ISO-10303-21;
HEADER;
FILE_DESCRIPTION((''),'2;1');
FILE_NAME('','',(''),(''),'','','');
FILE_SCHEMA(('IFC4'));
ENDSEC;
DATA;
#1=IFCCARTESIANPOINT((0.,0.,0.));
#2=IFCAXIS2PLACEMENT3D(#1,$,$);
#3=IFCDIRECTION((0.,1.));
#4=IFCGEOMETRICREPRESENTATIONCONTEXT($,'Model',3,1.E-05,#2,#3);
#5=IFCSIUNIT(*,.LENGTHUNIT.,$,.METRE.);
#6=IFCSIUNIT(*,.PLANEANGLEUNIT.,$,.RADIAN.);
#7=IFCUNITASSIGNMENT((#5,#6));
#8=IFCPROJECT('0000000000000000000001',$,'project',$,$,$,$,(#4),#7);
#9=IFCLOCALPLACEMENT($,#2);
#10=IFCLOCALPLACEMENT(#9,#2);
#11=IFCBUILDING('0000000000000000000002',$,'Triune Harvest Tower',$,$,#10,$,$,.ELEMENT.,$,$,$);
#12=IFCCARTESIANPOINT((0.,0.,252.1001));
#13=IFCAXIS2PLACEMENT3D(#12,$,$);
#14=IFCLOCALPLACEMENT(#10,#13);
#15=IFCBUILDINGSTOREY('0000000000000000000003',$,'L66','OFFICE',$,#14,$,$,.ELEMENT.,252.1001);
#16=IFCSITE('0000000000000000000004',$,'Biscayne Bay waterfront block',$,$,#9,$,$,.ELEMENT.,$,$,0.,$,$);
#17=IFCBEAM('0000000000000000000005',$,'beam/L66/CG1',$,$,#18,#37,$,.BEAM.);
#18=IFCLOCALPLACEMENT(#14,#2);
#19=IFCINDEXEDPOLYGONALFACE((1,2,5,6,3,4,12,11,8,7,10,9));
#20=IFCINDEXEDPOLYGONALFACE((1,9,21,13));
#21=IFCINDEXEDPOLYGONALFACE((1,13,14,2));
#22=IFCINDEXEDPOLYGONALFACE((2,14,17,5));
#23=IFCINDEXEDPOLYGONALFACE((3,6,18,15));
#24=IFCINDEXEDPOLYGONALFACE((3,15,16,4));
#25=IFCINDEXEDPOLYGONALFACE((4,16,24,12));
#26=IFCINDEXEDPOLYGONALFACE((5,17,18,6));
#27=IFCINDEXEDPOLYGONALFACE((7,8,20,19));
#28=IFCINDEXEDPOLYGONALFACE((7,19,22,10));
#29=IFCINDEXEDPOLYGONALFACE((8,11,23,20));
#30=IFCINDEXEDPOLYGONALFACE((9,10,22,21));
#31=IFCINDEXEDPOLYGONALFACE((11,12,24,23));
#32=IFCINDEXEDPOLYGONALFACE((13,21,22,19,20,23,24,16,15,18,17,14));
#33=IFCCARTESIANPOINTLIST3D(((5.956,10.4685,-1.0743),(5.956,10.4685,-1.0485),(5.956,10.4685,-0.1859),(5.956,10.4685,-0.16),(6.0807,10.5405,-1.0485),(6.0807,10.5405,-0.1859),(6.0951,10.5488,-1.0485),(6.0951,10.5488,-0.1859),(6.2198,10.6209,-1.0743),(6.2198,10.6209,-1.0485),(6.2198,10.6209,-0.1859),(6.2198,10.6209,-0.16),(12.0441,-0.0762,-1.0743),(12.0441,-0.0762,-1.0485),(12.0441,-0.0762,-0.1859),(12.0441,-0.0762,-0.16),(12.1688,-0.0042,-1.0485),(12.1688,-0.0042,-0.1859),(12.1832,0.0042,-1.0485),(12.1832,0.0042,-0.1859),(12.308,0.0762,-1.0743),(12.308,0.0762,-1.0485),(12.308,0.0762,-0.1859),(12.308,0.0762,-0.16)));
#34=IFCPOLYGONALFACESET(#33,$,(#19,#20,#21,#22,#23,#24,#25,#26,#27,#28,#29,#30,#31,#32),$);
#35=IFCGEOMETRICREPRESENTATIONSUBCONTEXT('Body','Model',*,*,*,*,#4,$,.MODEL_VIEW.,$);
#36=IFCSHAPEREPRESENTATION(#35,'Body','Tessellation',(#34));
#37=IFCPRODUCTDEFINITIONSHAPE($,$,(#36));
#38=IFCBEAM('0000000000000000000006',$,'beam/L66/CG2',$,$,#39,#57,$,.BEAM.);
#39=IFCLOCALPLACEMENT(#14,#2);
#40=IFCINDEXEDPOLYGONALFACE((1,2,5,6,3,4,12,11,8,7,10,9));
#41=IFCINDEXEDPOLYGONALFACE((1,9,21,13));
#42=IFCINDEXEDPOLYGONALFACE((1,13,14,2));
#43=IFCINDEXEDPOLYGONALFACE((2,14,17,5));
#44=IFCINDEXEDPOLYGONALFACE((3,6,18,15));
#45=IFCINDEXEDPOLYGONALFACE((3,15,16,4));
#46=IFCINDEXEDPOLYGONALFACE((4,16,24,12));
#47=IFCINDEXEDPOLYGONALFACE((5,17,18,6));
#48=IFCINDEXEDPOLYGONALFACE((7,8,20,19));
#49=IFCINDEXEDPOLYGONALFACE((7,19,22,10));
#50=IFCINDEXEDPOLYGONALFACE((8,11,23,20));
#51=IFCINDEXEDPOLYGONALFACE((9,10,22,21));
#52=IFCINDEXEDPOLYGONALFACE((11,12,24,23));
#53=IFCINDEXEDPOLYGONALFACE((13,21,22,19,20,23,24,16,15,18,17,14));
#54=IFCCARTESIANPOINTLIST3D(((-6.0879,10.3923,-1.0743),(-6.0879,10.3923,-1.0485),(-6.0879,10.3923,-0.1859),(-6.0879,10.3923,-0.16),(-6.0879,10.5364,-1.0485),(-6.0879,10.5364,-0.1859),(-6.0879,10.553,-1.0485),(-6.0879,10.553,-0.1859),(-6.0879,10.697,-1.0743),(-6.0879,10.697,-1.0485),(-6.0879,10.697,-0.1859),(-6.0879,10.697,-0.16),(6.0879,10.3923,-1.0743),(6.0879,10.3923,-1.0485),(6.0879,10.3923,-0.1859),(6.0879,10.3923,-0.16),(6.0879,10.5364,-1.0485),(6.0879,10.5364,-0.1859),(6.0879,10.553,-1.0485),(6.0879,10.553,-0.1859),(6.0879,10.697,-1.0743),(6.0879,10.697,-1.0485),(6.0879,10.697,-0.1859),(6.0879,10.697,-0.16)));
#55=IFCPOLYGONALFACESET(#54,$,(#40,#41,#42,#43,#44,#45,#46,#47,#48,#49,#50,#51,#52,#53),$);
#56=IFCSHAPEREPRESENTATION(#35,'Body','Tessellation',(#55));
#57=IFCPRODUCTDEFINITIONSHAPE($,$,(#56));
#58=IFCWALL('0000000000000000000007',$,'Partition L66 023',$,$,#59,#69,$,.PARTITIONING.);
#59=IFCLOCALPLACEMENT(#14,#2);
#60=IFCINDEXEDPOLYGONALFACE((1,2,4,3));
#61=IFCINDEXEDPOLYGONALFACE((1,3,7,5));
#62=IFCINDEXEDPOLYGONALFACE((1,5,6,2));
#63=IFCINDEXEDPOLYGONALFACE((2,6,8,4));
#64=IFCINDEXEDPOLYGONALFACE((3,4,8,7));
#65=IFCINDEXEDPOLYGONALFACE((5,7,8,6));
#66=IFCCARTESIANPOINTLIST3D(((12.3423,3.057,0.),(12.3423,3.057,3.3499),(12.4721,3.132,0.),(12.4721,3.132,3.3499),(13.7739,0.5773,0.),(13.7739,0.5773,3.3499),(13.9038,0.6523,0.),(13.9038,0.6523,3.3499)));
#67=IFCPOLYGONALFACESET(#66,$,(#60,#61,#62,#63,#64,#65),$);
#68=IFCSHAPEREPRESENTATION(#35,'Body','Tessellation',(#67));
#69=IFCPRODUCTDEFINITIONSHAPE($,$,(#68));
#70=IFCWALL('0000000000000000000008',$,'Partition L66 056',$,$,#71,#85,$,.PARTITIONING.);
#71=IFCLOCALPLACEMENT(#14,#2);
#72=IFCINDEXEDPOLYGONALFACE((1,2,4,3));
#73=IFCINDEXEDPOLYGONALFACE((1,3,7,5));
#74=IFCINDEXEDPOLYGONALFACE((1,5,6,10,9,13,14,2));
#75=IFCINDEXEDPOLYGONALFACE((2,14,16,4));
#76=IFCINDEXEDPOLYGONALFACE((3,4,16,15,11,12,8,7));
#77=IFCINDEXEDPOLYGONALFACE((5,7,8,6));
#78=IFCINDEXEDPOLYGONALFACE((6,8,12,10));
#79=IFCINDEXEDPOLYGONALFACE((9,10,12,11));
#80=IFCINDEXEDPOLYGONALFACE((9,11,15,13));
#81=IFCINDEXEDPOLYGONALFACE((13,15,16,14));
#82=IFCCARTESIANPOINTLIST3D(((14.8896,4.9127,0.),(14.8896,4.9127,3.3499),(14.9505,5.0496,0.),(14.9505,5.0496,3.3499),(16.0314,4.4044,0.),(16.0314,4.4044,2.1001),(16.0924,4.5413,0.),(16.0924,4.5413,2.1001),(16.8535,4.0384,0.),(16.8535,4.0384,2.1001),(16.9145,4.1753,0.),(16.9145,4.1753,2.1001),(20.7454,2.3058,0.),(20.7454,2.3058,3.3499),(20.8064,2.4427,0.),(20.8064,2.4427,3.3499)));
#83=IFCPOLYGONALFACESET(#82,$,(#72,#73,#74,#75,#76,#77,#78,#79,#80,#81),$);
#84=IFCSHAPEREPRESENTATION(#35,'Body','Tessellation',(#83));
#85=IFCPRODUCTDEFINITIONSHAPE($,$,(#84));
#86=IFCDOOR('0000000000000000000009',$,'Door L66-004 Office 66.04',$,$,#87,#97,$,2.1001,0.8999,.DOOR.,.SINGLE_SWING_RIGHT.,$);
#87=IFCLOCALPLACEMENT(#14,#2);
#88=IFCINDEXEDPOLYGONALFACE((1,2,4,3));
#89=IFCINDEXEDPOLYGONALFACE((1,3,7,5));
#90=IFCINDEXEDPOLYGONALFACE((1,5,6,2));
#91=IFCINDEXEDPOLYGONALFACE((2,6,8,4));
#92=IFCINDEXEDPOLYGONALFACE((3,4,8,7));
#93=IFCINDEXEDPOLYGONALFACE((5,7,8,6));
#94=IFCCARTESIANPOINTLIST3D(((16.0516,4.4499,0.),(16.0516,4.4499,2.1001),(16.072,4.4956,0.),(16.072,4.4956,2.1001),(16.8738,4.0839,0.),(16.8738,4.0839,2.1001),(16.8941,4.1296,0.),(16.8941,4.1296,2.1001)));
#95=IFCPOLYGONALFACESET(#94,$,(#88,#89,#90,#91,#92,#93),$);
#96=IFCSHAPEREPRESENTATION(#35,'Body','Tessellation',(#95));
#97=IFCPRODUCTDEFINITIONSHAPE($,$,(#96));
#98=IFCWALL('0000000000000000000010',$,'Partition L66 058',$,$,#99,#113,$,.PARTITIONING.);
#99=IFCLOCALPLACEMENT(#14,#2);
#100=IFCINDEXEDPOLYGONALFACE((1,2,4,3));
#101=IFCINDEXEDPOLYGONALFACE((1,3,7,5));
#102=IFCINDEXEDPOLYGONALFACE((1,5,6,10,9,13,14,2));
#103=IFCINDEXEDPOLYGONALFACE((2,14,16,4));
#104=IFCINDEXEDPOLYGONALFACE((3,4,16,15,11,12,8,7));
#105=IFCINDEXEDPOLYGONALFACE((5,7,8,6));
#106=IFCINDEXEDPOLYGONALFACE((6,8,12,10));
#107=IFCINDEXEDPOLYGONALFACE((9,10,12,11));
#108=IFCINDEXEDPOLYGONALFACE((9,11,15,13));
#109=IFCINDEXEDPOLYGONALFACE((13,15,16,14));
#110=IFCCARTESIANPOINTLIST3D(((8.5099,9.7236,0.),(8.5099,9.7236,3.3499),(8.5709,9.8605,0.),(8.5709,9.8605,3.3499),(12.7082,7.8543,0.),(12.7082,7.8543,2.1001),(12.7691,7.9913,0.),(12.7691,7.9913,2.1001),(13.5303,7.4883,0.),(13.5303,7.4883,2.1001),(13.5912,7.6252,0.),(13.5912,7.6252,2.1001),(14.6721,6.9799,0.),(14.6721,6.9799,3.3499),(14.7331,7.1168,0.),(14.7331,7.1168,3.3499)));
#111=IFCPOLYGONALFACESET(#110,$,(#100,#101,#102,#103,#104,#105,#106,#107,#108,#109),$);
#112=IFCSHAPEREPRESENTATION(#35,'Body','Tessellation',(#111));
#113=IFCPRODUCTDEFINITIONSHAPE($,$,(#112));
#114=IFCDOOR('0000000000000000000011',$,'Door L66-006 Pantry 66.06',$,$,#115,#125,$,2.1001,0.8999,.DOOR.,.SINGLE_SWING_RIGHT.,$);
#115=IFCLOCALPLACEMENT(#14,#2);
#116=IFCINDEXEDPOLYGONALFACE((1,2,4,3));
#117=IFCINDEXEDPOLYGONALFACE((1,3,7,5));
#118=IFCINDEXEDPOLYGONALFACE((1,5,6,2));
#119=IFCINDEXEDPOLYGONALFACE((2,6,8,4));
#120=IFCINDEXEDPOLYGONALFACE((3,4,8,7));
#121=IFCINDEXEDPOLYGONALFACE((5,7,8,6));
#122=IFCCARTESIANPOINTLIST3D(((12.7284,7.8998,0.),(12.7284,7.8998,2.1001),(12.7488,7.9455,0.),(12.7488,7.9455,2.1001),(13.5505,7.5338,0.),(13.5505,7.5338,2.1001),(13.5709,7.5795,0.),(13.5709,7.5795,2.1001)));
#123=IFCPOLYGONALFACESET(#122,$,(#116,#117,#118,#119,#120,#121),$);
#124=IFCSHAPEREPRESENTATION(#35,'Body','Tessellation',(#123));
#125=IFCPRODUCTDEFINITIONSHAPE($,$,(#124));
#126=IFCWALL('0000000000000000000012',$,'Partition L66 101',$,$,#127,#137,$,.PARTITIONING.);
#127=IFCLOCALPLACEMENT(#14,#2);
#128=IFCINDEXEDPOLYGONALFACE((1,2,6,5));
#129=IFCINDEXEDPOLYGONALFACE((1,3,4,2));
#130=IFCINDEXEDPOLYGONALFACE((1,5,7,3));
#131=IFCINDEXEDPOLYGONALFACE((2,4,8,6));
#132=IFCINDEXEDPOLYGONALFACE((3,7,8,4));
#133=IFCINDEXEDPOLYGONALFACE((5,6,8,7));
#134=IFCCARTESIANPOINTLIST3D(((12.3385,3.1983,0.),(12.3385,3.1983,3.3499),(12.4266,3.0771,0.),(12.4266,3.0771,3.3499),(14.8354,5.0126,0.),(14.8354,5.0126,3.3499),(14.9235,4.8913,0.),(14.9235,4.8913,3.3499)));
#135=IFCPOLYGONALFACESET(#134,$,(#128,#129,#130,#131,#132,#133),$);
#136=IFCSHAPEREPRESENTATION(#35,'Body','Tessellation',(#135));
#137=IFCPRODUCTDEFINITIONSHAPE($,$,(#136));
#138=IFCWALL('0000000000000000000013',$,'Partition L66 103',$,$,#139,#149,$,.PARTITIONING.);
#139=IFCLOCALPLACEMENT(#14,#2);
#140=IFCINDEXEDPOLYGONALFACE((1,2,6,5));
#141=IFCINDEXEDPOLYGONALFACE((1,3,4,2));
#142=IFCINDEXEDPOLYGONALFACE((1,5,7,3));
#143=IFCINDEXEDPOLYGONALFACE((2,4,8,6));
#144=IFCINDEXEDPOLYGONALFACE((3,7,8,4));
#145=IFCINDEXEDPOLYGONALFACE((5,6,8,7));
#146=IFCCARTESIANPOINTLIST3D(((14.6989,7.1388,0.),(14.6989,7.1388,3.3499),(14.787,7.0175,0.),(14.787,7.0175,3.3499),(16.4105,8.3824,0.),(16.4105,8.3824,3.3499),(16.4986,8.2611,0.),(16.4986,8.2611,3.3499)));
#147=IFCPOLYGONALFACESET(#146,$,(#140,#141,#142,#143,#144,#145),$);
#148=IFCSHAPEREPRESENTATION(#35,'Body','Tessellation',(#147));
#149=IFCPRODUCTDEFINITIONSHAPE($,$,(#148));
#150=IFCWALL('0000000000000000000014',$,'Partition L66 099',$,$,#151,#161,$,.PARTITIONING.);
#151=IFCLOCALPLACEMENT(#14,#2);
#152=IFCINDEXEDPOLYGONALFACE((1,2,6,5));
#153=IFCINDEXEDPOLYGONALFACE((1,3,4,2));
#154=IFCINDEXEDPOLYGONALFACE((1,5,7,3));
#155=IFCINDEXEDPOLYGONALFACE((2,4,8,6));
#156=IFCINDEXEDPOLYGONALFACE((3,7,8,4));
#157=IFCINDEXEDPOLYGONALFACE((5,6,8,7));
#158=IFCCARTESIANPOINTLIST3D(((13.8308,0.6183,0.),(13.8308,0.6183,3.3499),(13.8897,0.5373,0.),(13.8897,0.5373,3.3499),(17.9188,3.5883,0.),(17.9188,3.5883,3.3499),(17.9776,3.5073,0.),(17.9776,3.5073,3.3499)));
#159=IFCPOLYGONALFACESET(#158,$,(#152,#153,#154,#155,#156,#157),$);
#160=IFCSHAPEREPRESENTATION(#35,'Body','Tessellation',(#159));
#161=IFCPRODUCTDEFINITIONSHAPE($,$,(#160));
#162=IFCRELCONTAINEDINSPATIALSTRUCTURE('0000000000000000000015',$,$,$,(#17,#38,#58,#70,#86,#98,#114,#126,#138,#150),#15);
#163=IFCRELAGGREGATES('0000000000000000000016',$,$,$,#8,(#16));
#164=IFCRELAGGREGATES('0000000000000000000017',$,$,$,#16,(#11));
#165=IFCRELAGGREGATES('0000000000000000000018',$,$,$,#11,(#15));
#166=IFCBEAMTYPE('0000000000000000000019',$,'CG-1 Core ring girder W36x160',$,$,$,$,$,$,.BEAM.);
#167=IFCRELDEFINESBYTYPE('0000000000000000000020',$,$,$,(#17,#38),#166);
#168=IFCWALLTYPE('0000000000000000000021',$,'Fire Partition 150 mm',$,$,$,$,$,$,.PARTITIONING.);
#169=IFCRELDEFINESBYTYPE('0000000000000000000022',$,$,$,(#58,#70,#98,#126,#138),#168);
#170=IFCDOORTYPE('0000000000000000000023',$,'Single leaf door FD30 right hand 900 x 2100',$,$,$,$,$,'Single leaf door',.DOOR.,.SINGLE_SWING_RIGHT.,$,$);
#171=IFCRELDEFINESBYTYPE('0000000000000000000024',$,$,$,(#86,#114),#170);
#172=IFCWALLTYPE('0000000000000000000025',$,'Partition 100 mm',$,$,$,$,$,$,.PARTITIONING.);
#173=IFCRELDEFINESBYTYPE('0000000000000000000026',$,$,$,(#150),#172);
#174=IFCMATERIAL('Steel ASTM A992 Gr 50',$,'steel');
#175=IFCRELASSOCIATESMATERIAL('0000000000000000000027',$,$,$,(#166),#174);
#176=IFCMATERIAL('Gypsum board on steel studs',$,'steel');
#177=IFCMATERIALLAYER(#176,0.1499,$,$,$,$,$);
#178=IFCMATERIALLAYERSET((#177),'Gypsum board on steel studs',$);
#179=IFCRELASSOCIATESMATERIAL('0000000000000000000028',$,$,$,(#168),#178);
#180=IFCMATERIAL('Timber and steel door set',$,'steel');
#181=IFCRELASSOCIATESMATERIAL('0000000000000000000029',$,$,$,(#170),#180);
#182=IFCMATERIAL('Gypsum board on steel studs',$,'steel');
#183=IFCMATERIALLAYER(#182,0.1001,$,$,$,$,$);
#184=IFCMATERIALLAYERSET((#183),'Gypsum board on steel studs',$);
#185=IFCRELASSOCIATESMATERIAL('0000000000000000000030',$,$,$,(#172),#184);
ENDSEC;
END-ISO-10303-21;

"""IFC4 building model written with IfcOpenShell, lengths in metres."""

from ifc_helpers import new_model, si_unit, direction, frame, frame_2d, origin, origin_2d, place, context, subcontext, project, spatial, rectangle, i_section, extrude, source, transform, mapped, material, layer, layer_set, material_profile, profile_set, type_object, element, fill, save


model = new_model("IFC4")

# Units and contexts
model_context = context("Model", 3, precision=1e-05, world=origin(), true_north=direction((0.0, 1.0)))
body_context = subcontext(model_context, "Body", "Model", "MODEL_VIEW")
ifc_project = project(units=[si_unit("LENGTHUNIT", "METRE"), si_unit("PLANEANGLEUNIT", "RADIAN")], contexts=[model_context])

# Site, building, storey
site_placement = place(None, origin())
site = spatial("IfcSite", under=ifc_project, at=site_placement, Name="Biscayne Bay waterfront block", CompositionType="ELEMENT", RefElevation=0.0)
building_placement = place(site_placement, origin())
building = spatial("IfcBuilding", under=site, at=building_placement, Name="Triune Harvest Tower", CompositionType="ELEMENT")
storey_placement = place(building_placement, frame((0.0, 0.0, 252.1001)))
storey = spatial("IfcBuildingStorey", under=building, at=storey_placement, Name="L66", Description="OFFICE", CompositionType="ELEMENT", Elevation=252.1001)

# Beams
ifc_material_1 = material(Name="Steel ASTM A992 Gr 50", Category="steel")
ifc_material_profile = material_profile(ifc_material_1, i_section(OverallWidth=0.3047, OverallDepth=0.9143, WebThickness=0.0166, FlangeThickness=0.0259, at=origin_2d()), Name="W36x160")
ifc_profile_set = profile_set([ifc_material_profile], Name="Steel ASTM A992 Gr 50")
beam_type = type_object("IfcBeamType", Name="CG-1 Core ring girder W36x160", PredefinedType="BEAM", material=ifc_profile_set)
shared_shape_1 = source(origin(), body_context, "Body", "SweptSolid", [
    extrude(i_section(OverallWidth=0.3047, OverallDepth=0.9143, WebThickness=0.0166, FlangeThickness=0.0259, at=origin_2d()), origin(), (0.0, 0.0, 1.0), 12.176),
])
beam_1_placement = place(storey_placement, frame((12.176, 0.0, -0.6172), z_axis=(-0.50001, 0.86602, 0.0), x_axis=(-0.86602, -0.50001, 0.0)))
element("IfcBeam", 1, at=beam_1_placement, inside=storey, type_object=beam_type, Name="beam/L66/CG1", PredefinedType="BEAM", context=body_context, shape_type="MappedRepresentation", body=[
    mapped(shared_shape_1, transform((0.0, 0.0, 0.0), scale=1.0)),
])
shared_shape_2 = source(origin(), body_context, "Body", "SweptSolid", [
    extrude(i_section(OverallWidth=0.3047, OverallDepth=0.9143, WebThickness=0.0166, FlangeThickness=0.0259, at=origin_2d()), origin(), (0.0, 0.0, 1.0), 12.1758),
])
beam_2_placement = place(storey_placement, frame((6.0879, 10.5447, -0.6172), z_axis=(-1.0, 0.0, 0.0), x_axis=(0.0, -1.0, 0.0)))
element("IfcBeam", 2, at=beam_2_placement, inside=storey, type_object=beam_type, Name="beam/L66/CG2", PredefinedType="BEAM", context=body_context, shape_type="MappedRepresentation", body=[
    mapped(shared_shape_2, transform((0.0, 0.0, 0.0), scale=1.0)),
])

# Wall
ifc_material_2 = material(Name="Gypsum board on steel studs", Category="steel")
ifc_layer_1 = layer(ifc_material_2, 0.1499)
ifc_layer_set_1 = layer_set([ifc_layer_1], Name="Gypsum board on steel studs")
wall_type_1 = type_object("IfcWallType", Name="Fire Partition 150 mm", PredefinedType="PARTITIONING", material=ifc_layer_set_1)
wall_1_placement = place(storey_placement, frame((12.4072, 3.0945, 0.0), z_axis=(0.0, 0.0, 1.0), x_axis=(0.499991, -0.866031, 0.0)))
element("IfcWall", 3, at=wall_1_placement, inside=storey, type_object=wall_type_1, Name="Partition L66 023", PredefinedType="PARTITIONING", context=body_context, shape_type="SweptSolid", body=[
    extrude(rectangle(XDim=2.8633, YDim=0.1499, at=frame_2d((1.4316, 0.0))), origin(), (0.0, 0.0, 1.0), 3.3499),
])

# Walls, openings, doors
wall_2_placement = place(storey_placement, frame((14.9199, 4.9812, 0.0), z_axis=(0.0, 0.0, 1.0), x_axis=(0.913563, -0.406697, 0.0)))
wall_2 = element("IfcWall", 4, at=wall_2_placement, inside=storey, type_object=wall_type_1, Name="Partition L66 056", PredefinedType="PARTITIONING", context=body_context, shape_type="SweptSolid", body=[
    extrude(rectangle(XDim=6.4099, YDim=0.1499, at=frame_2d((3.2051, 0.0))), origin(), (0.0, 0.0, 1.0), 3.3499),
])
opening_1_placement = place(wall_2_placement, frame((1.25, 0.0, 0.0)))
opening_1 = element("IfcOpeningElement", 5, at=opening_1_placement, cuts=wall_2, PredefinedType="OPENING", context=body_context, shape_type="SweptSolid", body=[
    extrude(rectangle(XDim=0.8999, YDim=2.1001, at=frame_2d((0.45, 1.05))), frame((0.0, 0.085, 0.0), z_axis=(0.0, -1.0, 0.0), x_axis=(1.0, 0.0, 0.0)), (0.0, 0.0, 1.0), 0.1699),
])
ifc_material_3 = material(Name="Timber and steel door set", Category="steel")
door_type_1 = type_object("IfcDoorType", Name="Single leaf door FD30 right hand 900 x 2100", ElementType="Single leaf door", OperationType="SINGLE_SWING_RIGHT", PredefinedType="DOOR", material=ifc_material_3)
door_1_placement = place(opening_1_placement, origin())
door_1 = element("IfcDoor", 6, at=door_1_placement, inside=storey, type_object=door_type_1, Name="Door L66-004 Office 66.04", OperationType="SINGLE_SWING_RIGHT", OverallHeight=2.1001, OverallWidth=0.8999, PredefinedType="DOOR", context=body_context, shape_type="SweptSolid", body=[
    extrude(rectangle(XDim=0.8999, YDim=2.1001, at=frame_2d((0.45, 1.05))), frame((0.0, 0.0249, 0.0), z_axis=(0.0, -1.0, 0.0), x_axis=(1.0, 0.0, 0.0)), (0.0, 0.0, 1.0), 0.05),
])
fill(opening_1, door_1)
wall_3_placement = place(storey_placement, frame((8.5405, 9.792, 0.0), z_axis=(0.0, 0.0, 1.0), x_axis=(0.91354, -0.40675, 0.0)))
wall_3 = element("IfcWall", 7, at=wall_3_placement, inside=storey, type_object=wall_type_1, Name="Partition L66 058", PredefinedType="PARTITIONING", context=body_context, shape_type="SweptSolid", body=[
    extrude(rectangle(XDim=6.7454, YDim=0.1499, at=frame_2d((3.3726, 0.0))), origin(), (0.0, 0.0, 1.0), 3.3499),
])
opening_2_placement = place(wall_3_placement, frame((4.5955, 0.0, 0.0)))
opening_2 = element("IfcOpeningElement", 8, at=opening_2_placement, cuts=wall_3, PredefinedType="OPENING", context=body_context, shape_type="SweptSolid", body=[
    extrude(rectangle(XDim=0.8999, YDim=2.1001, at=frame_2d((0.45, 1.05))), frame((0.0, 0.085, 0.0), z_axis=(0.0, -1.0, 0.0), x_axis=(1.0, 0.0, 0.0)), (0.0, 0.0, 1.0), 0.1699),
])
door_2_placement = place(opening_2_placement, origin())
door_2 = element("IfcDoor", 9, at=door_2_placement, inside=storey, type_object=door_type_1, Name="Door L66-006 Pantry 66.06", OperationType="SINGLE_SWING_RIGHT", OverallHeight=2.1001, OverallWidth=0.8999, PredefinedType="DOOR", context=body_context, shape_type="SweptSolid", body=[
    extrude(rectangle(XDim=0.8999, YDim=2.1001, at=frame_2d((0.45, 1.05))), frame((0.0, 0.0249, 0.0), z_axis=(0.0, -1.0, 0.0), x_axis=(1.0, 0.0, 0.0)), (0.0, 0.0, 1.0), 0.05),
])
fill(opening_2, door_2)

# Walls
wall_4_placement = place(storey_placement, frame((12.3826, 3.1377, 0.0), z_axis=(0.0, 0.0, 1.0), x_axis=(0.808993, 0.587819, 0.0)))
element("IfcWall", 10, at=wall_4_placement, inside=storey, type_object=wall_type_1, Name="Partition L66 101", PredefinedType="PARTITIONING", context=body_context, shape_type="SweptSolid", body=[
    extrude(rectangle(XDim=3.0864, YDim=0.1499, at=frame_2d((1.5432, 0.0))), origin(), (0.0, 0.0, 1.0), 3.3499),
])
wall_5_placement = place(storey_placement, frame((14.7429, 7.0781, 0.0), z_axis=(0.0, 0.0, 1.0), x_axis=(0.809005, 0.587801, 0.0)))
element("IfcWall", 11, at=wall_5_placement, inside=storey, type_object=wall_type_1, Name="Partition L66 103", PredefinedType="PARTITIONING", context=body_context, shape_type="SweptSolid", body=[
    extrude(rectangle(XDim=2.1157, YDim=0.1499, at=frame_2d((1.0579, 0.0))), origin(), (0.0, 0.0, 1.0), 3.3499),
])
ifc_material_4 = material(Name="Gypsum board on steel studs", Category="steel")
ifc_layer_2 = layer(ifc_material_4, 0.1001)
ifc_layer_set_2 = layer_set([ifc_layer_2], Name="Gypsum board on steel studs")
wall_type_2 = type_object("IfcWallType", Name="Partition 100 mm", PredefinedType="PARTITIONING", material=ifc_layer_set_2)
wall_6_placement = place(storey_placement, frame((13.8604, 0.5779, 0.0), z_axis=(0.0, 0.0, 1.0), x_axis=(0.809022, 0.587778, 0.0)))
element("IfcWall", 12, at=wall_6_placement, inside=storey, type_object=wall_type_2, Name="Partition L66 099", PredefinedType="PARTITIONING", context=body_context, shape_type="SweptSolid", body=[
    extrude(rectangle(XDim=5.053, YDim=0.1001, at=frame_2d((2.5264, 0.0))), origin(), (0.0, 0.0, 1.0), 3.3499),
])

save(model, "model.ifc")
